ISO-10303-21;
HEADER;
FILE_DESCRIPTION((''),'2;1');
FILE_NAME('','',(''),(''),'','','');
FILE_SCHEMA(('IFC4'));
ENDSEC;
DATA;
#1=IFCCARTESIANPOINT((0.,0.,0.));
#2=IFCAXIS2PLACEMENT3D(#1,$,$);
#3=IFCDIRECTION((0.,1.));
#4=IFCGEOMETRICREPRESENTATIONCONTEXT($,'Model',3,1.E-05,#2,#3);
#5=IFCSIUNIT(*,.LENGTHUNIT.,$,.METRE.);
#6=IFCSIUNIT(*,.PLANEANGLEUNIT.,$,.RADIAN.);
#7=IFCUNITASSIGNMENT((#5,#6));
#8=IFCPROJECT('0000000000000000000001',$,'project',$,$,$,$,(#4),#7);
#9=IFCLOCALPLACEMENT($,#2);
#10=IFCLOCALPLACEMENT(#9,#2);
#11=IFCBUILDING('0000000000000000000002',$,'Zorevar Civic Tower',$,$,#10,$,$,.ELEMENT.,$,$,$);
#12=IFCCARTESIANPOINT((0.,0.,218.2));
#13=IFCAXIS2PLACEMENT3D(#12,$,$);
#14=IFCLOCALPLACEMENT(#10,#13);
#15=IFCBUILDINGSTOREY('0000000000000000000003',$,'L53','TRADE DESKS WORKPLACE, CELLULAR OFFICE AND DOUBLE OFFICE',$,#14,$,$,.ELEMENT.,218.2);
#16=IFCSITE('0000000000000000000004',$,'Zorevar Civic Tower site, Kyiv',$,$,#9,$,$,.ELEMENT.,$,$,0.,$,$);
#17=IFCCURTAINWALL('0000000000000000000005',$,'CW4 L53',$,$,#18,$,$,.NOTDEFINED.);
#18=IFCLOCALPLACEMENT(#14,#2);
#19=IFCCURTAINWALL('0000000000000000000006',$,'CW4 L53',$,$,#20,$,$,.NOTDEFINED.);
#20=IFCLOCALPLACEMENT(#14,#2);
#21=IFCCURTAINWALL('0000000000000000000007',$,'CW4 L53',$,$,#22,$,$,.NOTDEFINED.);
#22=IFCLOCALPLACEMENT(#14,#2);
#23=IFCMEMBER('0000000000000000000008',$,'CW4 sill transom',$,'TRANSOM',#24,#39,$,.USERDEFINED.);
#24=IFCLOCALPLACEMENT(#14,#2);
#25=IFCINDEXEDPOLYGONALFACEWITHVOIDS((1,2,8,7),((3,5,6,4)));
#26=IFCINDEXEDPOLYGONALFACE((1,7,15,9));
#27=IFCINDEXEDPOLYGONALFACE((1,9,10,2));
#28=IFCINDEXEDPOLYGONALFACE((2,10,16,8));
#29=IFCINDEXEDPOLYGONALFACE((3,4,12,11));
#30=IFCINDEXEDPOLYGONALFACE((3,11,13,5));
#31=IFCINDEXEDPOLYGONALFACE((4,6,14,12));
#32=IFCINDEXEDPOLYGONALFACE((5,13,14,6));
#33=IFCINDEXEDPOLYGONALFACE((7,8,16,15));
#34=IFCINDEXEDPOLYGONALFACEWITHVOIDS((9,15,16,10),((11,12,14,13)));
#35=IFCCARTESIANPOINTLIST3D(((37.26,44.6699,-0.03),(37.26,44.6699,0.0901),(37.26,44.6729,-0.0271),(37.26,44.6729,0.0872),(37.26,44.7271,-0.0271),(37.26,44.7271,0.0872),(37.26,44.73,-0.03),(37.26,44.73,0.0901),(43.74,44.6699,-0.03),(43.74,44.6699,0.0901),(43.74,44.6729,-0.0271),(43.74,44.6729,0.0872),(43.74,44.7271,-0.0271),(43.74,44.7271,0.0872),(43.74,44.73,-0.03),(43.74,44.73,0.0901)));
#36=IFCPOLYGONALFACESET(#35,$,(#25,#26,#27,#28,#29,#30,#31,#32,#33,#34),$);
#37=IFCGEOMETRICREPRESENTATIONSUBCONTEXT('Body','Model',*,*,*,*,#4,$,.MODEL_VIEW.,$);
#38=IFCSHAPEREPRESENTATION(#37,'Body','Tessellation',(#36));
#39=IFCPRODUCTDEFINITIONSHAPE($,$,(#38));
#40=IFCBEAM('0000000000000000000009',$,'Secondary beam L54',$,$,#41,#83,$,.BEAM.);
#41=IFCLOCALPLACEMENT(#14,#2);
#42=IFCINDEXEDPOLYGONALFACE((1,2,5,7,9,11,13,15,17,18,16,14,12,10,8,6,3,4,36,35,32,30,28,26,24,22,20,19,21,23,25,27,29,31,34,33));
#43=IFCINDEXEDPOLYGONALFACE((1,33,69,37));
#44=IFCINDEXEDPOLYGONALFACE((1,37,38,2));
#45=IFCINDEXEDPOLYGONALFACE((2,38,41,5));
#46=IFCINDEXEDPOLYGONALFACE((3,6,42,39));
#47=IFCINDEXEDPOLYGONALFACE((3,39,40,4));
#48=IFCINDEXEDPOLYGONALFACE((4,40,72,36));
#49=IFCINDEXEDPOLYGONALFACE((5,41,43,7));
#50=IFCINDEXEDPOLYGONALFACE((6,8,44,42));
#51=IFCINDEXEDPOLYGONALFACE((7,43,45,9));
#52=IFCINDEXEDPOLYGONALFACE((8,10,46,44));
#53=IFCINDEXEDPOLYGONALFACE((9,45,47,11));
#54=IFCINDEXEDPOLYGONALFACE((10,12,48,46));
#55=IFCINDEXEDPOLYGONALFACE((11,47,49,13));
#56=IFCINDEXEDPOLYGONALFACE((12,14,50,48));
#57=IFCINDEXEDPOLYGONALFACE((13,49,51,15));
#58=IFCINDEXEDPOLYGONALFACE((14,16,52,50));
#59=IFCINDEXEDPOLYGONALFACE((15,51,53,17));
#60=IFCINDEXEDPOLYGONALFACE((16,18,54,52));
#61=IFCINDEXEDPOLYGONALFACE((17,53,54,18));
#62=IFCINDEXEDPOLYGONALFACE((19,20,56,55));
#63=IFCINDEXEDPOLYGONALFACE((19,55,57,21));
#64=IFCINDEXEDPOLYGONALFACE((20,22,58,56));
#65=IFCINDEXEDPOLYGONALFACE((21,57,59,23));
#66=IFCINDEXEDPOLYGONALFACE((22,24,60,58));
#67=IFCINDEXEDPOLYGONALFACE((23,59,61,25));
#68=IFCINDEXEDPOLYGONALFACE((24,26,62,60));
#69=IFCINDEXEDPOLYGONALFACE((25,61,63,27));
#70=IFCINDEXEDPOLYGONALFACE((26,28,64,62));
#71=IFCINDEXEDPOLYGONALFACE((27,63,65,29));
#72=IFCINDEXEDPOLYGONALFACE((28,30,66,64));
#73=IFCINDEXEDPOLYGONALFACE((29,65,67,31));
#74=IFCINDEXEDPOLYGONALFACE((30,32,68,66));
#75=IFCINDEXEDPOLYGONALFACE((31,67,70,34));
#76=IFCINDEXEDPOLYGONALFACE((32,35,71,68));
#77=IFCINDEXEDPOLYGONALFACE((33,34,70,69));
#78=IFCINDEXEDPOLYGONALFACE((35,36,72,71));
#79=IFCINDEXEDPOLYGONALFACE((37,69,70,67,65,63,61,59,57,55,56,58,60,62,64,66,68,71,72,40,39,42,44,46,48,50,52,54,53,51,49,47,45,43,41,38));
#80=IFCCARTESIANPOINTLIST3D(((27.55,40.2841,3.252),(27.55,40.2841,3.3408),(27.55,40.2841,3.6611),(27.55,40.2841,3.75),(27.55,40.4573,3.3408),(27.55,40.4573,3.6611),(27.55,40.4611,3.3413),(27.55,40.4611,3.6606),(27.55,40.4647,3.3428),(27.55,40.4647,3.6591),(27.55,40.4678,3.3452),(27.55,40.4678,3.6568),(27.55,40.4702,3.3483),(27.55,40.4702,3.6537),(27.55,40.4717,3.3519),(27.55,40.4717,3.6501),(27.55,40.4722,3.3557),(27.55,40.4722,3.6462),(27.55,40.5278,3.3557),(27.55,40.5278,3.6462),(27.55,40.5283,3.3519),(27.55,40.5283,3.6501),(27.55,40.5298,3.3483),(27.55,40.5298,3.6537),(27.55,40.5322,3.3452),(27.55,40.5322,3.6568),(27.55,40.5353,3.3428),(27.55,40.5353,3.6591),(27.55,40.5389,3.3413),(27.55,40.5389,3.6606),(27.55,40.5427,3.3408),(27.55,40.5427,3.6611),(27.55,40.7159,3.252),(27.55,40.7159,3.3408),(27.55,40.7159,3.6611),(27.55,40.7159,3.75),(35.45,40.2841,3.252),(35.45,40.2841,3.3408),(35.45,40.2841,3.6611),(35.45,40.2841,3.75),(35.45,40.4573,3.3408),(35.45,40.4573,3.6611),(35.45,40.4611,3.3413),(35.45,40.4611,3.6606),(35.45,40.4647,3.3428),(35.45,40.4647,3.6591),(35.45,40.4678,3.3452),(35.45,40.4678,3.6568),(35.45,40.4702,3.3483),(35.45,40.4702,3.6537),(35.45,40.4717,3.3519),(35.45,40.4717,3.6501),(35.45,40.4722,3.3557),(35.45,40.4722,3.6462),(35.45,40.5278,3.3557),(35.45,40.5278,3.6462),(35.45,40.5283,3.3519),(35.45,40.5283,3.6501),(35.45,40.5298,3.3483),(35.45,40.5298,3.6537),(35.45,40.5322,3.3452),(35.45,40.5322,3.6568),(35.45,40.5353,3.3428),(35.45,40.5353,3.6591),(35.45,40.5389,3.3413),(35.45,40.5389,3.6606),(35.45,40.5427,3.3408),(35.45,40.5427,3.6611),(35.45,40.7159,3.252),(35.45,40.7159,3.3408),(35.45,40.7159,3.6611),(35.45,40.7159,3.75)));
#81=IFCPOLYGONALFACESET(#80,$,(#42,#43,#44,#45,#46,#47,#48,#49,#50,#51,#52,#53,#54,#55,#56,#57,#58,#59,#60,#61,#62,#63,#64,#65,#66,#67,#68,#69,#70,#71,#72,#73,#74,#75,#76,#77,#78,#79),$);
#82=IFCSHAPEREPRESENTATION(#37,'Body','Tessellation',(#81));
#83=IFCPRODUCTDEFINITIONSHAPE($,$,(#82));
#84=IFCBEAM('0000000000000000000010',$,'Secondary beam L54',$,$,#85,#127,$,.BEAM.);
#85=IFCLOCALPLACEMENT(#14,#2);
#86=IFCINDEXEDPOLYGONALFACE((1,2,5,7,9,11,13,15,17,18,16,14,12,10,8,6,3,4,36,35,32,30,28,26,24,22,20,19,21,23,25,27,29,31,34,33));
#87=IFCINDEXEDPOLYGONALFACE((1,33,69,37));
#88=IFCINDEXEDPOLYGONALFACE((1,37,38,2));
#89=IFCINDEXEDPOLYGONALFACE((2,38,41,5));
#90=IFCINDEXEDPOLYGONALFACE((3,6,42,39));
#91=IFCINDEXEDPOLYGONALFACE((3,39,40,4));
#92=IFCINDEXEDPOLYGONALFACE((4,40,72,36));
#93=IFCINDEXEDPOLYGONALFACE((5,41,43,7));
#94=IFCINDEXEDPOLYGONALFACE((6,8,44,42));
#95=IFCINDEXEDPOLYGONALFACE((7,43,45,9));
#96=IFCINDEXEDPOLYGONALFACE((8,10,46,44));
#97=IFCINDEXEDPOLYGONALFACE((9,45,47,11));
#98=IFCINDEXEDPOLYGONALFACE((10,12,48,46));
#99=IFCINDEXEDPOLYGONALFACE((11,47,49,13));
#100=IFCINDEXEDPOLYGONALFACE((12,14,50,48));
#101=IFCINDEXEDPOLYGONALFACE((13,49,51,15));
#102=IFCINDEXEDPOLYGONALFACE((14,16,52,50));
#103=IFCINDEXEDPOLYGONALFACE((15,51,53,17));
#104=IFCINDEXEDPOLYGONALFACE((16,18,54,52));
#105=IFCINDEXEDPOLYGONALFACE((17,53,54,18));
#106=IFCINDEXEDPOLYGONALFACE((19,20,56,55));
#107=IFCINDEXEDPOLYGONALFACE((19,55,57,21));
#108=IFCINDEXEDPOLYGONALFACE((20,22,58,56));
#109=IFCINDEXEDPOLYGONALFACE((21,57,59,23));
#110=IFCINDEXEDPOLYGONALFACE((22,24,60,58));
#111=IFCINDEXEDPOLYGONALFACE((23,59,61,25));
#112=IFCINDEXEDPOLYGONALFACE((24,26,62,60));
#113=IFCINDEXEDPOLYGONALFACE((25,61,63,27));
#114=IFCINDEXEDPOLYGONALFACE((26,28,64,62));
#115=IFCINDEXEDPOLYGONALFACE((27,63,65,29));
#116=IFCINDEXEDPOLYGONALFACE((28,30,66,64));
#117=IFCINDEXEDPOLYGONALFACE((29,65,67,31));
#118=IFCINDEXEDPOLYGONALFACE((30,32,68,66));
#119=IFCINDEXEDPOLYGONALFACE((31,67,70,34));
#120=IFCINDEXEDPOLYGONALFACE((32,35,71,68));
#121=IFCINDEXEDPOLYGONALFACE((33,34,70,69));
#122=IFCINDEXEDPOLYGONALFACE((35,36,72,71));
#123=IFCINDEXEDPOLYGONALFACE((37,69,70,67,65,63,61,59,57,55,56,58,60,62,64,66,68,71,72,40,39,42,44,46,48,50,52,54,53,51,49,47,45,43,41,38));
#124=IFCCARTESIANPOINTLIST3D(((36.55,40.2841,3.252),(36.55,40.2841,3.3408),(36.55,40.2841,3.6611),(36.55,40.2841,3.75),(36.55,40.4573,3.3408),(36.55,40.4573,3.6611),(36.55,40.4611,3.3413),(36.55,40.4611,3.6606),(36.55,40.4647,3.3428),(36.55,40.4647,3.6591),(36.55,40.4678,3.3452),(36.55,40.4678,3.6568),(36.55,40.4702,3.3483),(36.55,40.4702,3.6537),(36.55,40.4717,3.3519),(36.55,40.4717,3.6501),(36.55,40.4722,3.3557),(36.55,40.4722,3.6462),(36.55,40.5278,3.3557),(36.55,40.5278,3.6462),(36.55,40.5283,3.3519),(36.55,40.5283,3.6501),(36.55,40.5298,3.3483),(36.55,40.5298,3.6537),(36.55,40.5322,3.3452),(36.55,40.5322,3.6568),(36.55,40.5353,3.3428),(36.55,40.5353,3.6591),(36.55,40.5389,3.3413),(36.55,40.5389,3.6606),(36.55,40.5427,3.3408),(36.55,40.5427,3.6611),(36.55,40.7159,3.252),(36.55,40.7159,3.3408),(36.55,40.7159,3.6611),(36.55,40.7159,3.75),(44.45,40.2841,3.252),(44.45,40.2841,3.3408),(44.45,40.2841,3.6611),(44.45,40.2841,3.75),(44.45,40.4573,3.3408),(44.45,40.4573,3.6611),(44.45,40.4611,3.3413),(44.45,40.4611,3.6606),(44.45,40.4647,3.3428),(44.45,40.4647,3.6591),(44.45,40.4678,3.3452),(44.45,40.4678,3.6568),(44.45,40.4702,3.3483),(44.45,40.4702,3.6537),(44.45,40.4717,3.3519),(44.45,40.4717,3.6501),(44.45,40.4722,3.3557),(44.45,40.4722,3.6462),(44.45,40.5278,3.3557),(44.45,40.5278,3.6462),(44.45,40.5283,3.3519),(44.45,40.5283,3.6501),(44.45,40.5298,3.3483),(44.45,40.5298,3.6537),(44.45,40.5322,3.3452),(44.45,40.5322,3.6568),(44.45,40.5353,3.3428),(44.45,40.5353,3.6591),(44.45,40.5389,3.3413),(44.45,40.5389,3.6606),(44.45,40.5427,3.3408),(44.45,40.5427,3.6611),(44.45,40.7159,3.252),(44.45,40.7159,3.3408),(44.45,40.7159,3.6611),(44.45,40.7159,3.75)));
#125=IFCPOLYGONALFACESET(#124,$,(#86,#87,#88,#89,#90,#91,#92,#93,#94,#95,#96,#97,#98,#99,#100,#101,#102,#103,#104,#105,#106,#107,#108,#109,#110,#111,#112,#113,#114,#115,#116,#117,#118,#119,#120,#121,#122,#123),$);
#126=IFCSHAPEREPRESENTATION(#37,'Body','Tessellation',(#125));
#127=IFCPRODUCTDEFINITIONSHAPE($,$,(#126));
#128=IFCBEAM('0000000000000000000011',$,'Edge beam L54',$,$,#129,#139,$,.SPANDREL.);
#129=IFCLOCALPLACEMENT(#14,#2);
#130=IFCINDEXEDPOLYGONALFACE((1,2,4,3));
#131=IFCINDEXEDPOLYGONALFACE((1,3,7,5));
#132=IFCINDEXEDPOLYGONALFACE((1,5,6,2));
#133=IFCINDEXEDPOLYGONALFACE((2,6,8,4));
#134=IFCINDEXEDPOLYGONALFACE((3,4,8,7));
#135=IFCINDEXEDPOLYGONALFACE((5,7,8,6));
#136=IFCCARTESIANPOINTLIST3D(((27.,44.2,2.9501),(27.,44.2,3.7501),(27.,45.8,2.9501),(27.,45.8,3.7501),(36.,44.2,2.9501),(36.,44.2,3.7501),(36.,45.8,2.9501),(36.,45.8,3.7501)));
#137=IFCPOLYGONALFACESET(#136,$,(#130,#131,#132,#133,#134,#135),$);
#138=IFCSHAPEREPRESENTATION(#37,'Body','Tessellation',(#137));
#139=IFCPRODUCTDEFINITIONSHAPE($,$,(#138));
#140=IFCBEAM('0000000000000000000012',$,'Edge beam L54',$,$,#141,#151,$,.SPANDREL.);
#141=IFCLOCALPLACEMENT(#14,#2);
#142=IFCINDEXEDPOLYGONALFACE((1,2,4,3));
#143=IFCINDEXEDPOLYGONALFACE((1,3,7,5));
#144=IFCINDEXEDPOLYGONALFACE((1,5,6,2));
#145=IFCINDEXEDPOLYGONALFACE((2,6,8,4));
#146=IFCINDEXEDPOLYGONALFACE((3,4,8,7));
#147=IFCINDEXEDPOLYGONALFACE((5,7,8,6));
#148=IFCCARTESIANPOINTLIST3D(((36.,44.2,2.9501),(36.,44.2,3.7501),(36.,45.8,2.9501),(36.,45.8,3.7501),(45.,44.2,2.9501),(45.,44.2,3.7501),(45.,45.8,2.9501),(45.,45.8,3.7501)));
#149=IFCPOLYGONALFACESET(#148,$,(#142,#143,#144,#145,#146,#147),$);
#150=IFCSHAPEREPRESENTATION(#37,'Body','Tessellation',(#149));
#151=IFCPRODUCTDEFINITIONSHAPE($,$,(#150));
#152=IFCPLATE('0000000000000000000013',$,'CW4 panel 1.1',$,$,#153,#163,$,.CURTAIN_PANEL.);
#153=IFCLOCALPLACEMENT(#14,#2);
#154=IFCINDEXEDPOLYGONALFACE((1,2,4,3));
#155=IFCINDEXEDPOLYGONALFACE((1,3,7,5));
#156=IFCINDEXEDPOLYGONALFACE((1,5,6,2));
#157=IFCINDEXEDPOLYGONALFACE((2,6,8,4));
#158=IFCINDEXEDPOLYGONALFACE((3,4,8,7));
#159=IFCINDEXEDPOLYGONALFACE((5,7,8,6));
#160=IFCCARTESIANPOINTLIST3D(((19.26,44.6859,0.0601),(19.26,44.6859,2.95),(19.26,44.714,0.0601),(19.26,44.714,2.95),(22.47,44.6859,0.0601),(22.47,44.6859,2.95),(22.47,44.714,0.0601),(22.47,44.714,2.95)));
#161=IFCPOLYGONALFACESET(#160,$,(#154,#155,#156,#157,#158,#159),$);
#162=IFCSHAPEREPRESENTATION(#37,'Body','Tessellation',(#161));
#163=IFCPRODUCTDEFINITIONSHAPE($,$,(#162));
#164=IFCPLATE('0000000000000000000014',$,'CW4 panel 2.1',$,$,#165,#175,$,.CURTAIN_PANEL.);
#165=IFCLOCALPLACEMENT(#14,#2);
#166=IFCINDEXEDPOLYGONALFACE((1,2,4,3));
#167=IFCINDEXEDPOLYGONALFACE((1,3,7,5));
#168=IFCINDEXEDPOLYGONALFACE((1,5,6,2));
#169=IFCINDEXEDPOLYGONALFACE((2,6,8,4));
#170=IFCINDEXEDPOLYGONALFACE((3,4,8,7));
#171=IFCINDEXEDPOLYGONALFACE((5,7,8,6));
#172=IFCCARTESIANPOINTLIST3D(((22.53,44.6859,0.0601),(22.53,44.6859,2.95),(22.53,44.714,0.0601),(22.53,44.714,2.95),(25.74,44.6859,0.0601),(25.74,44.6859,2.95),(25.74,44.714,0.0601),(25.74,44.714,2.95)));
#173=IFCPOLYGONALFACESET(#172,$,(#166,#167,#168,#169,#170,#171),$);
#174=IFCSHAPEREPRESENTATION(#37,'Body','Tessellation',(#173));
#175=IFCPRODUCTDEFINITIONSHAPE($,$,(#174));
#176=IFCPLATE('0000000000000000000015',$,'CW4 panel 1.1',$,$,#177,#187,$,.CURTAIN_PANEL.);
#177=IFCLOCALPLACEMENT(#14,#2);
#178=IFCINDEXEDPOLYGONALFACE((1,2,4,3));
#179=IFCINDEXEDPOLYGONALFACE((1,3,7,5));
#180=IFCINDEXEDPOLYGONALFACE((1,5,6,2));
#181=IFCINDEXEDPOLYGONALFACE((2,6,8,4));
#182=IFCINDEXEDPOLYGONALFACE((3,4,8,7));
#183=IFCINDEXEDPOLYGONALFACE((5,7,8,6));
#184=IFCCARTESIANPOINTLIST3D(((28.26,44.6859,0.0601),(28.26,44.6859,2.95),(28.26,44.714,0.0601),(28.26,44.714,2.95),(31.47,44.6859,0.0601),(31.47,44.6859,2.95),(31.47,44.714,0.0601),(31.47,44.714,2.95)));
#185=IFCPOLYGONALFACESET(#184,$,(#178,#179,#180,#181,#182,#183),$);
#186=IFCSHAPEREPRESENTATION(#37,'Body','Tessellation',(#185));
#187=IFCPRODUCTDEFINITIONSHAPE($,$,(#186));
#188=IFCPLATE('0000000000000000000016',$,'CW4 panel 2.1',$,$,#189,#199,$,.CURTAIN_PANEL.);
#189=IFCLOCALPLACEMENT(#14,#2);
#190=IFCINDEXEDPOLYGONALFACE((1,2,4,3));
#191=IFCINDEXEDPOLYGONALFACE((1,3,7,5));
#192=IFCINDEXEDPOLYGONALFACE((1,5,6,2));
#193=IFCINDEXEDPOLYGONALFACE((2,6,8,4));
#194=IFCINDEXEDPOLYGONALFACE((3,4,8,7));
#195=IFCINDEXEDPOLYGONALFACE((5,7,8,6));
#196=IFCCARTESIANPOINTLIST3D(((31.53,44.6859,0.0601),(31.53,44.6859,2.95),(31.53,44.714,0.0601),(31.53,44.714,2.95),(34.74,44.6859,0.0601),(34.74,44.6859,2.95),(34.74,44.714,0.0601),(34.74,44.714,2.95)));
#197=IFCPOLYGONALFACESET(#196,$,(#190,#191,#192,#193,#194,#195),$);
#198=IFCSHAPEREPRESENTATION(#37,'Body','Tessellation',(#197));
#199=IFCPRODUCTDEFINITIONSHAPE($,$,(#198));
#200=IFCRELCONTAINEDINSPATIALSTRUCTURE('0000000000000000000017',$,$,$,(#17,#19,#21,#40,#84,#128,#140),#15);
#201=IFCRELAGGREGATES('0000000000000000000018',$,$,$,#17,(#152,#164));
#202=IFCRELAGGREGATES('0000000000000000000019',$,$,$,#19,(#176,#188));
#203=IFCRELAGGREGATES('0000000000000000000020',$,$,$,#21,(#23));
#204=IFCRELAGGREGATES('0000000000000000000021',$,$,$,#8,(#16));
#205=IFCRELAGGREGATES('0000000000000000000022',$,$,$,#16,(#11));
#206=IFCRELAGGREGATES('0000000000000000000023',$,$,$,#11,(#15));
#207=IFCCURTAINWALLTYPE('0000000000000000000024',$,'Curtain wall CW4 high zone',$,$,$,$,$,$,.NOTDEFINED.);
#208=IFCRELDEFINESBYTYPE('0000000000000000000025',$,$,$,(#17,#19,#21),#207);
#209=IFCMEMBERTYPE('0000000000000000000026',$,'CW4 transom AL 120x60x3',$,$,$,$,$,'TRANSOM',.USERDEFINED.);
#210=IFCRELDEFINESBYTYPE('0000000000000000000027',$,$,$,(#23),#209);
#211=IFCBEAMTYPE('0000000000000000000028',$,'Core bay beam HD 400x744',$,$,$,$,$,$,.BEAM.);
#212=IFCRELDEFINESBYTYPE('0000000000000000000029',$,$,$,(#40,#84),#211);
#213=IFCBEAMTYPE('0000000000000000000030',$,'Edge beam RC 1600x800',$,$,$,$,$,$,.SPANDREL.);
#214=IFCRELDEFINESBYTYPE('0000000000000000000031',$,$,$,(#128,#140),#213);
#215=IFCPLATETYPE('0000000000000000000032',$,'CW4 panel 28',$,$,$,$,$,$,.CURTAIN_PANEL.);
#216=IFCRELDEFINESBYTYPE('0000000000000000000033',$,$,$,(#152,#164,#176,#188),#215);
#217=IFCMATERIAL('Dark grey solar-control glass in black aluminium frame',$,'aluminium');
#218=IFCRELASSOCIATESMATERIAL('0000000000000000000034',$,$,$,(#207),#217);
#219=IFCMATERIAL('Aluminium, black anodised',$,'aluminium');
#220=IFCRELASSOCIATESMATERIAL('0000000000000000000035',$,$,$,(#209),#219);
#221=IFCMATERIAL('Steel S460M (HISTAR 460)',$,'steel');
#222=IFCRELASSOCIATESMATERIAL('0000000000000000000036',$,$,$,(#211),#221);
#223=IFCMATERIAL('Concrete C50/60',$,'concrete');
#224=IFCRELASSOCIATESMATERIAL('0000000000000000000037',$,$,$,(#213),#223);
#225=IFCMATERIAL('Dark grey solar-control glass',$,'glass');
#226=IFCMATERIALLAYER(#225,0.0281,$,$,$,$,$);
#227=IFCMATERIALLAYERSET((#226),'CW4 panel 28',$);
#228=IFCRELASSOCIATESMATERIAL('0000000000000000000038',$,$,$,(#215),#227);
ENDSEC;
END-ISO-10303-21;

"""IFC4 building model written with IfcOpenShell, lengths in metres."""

from ifc_helpers import new_model, si_unit, direction, frame, origin, origin_2d, place, context, subcontext, project, spatial, rectangle, hollow_rectangle, i_section, extrude, material, layer, layer_set, material_profile, profile_set, type_object, element, aggregate, save


model = new_model("IFC4")

# Units and contexts
model_context = context("Model", 3, precision=1e-05, world=origin(), true_north=direction((0.0, 1.0)))
body_context = subcontext(model_context, "Body", "Model", "MODEL_VIEW")
ifc_project = project(units=[si_unit("LENGTHUNIT", "METRE"), si_unit("PLANEANGLEUNIT", "RADIAN")], contexts=[model_context])

# Site, building, storey
site_placement = place(None, origin())
site = spatial("IfcSite", under=ifc_project, at=site_placement, Name="Zorevar Civic Tower site, Kyiv", CompositionType="ELEMENT", RefElevation=0.0)
building_placement = place(site_placement, origin())
building = spatial("IfcBuilding", under=site, at=building_placement, Name="Zorevar Civic Tower", CompositionType="ELEMENT")
storey_placement = place(building_placement, frame((0.0, 0.0, 218.2)))
storey = spatial("IfcBuildingStorey", under=building, at=storey_placement, Name="L53", Description="TRADE DESKS WORKPLACE, CELLULAR OFFICE AND DOUBLE OFFICE", CompositionType="ELEMENT", Elevation=218.2)

# Curtain walls
ifc_material_1 = material(Name="Dark grey solar-control glass in black aluminium frame", Category="aluminium")
curtain_wall_type = type_object("IfcCurtainWallType", Name="Curtain wall CW4 high zone", PredefinedType="NOTDEFINED", material=ifc_material_1)
curtain_wall_1_placement = place(storey_placement, origin())
curtain_wall_1 = element("IfcCurtainWall", 1, at=curtain_wall_1_placement, inside=storey, type_object=curtain_wall_type, Name="CW4 L53", PredefinedType="NOTDEFINED")
curtain_wall_2_placement = place(storey_placement, origin())
curtain_wall_2 = element("IfcCurtainWall", 2, at=curtain_wall_2_placement, inside=storey, type_object=curtain_wall_type, Name="CW4 L53", PredefinedType="NOTDEFINED")

# Curtain wall
curtain_wall_3_placement = place(storey_placement, origin())
curtain_wall_3 = element("IfcCurtainWall", 3, at=curtain_wall_3_placement, inside=storey, type_object=curtain_wall_type, Name="CW4 L53", PredefinedType="NOTDEFINED")

# Member
ifc_material_2 = material(Name="Aluminium, black anodised", Category="aluminium")
ifc_material_profile_1 = material_profile(ifc_material_2, hollow_rectangle(XDim=0.0601, YDim=0.1201, WallThickness=0.0029, at=origin_2d()), Name="AL 120x60x3")
ifc_profile_set_1 = profile_set([ifc_material_profile_1], Name="Aluminium, black anodised")
member_type_1 = type_object("IfcMemberType", Name="CW4 transom AL 120x60x3", ElementType="TRANSOM", PredefinedType="USERDEFINED", material=ifc_profile_set_1)
member_1_placement = place(storey_placement, frame((37.26, 44.7, 0.03), z_axis=(1.0, 0.0, 0.0), x_axis=(0.0, 1.0, 0.0)))
member_1 = element("IfcMember", 4, at=member_1_placement, type_object=member_type_1, Name="CW4 sill transom", ObjectType="TRANSOM", PredefinedType="USERDEFINED", context=body_context, shape_type="SweptSolid", body=[
    extrude(hollow_rectangle(XDim=0.0601, YDim=0.1201, WallThickness=0.0029, at=origin_2d()), origin(), (0.0, 0.0, 1.0), 6.48),
])

# Beams
ifc_material_3 = material(Name="Steel S460M (HISTAR 460)", Category="steel")
ifc_material_profile_2 = material_profile(ifc_material_3, i_section(OverallWidth=0.4319, OverallDepth=0.498, WebThickness=0.0557, FlangeThickness=0.0889, FilletRadius=0.0149, at=origin_2d()), Name="HD 400x744")
ifc_profile_set_2 = profile_set([ifc_material_profile_2], Name="Steel S460M (HISTAR 460)")
beam_type_1 = type_object("IfcBeamType", Name="Core bay beam HD 400x744", PredefinedType="BEAM", material=ifc_profile_set_2)
for number, where, z_axis, x_axis, name in (
    (5, (27.55, 40.5, 3.501), (1.0, 0.0, 0.0), (0.0, 1.0, 0.0), "Secondary beam L54"),
    (6, (36.55, 40.5, 3.501), (1.0, 0.0, 0.0), (0.0, 1.0, 0.0), "Secondary beam L54"),
):
    element("IfcBeam", number, at=place(storey_placement, frame(where, z_axis=z_axis, x_axis=x_axis)), inside=storey, type_object=beam_type_1, Name=name, PredefinedType="BEAM", context=body_context, shape_type="SweptSolid", body=[
        extrude(i_section(OverallWidth=0.4319, OverallDepth=0.498, WebThickness=0.0557, FlangeThickness=0.0889, FilletRadius=0.0149, at=origin_2d()), origin(), (0.0, 0.0, 1.0), 7.8999),
    ])
ifc_material_4 = material(Name="Concrete C50/60", Category="concrete")
ifc_material_profile_3 = material_profile(ifc_material_4, rectangle(XDim=1.6001, YDim=0.8, at=origin_2d()), Name="RC 1600x800")
ifc_profile_set_3 = profile_set([ifc_material_profile_3], Name="Concrete C50/60")
beam_type_2 = type_object("IfcBeamType", Name="Edge beam RC 1600x800", PredefinedType="SPANDREL", material=ifc_profile_set_3)
for number, where, z_axis, x_axis, name in (
    (7, (27.0, 45.0, 3.3501), (1.0, 0.0, 0.0), (0.0, 1.0, 0.0), "Edge beam L54"),
    (8, (36.0, 45.0, 3.3501), (1.0, 0.0, 0.0), (0.0, 1.0, 0.0), "Edge beam L54"),
):
    element("IfcBeam", number, at=place(storey_placement, frame(where, z_axis=z_axis, x_axis=x_axis)), inside=storey, type_object=beam_type_2, Name=name, PredefinedType="SPANDREL", context=body_context, shape_type="SweptSolid", body=[
        extrude(rectangle(XDim=1.6001, YDim=0.8, at=origin_2d()), origin(), (0.0, 0.0, 1.0), 9.0),
    ])

# Plates
ifc_material_5 = material(Name="Dark grey solar-control glass", Category="glass")
ifc_layer_1 = layer(ifc_material_5, 0.0281)
ifc_layer_set_1 = layer_set([ifc_layer_1], Name="CW4 panel 28")
plate_type = type_object("IfcPlateType", Name="CW4 panel 28", PredefinedType="CURTAIN_PANEL", material=ifc_layer_set_1)
plate_1_placement = place(storey_placement, frame((20.865, 44.7, 0.0601), z_axis=(0.0, 0.0, 1.0), x_axis=(1.0, 0.0, 0.0)))
plate_1 = element("IfcPlate", 9, at=plate_1_placement, type_object=plate_type, Name="CW4 panel 1.1", PredefinedType="CURTAIN_PANEL", context=body_context, shape_type="SweptSolid", body=[
    extrude(rectangle(XDim=3.21, YDim=0.0281, at=origin_2d()), origin(), (0.0, 0.0, 1.0), 2.8899),
])
plate_2_placement = place(storey_placement, frame((24.135, 44.7, 0.0601), z_axis=(0.0, 0.0, 1.0), x_axis=(1.0, 0.0, 0.0)))
plate_2 = element("IfcPlate", 10, at=plate_2_placement, type_object=plate_type, Name="CW4 panel 2.1", PredefinedType="CURTAIN_PANEL", context=body_context, shape_type="SweptSolid", body=[
    extrude(rectangle(XDim=3.21, YDim=0.0281, at=origin_2d()), origin(), (0.0, 0.0, 1.0), 2.8899),
])
aggregate(curtain_wall_1, [plate_1, plate_2])
plate_3_placement = place(storey_placement, frame((29.865, 44.7, 0.0601), z_axis=(0.0, 0.0, 1.0), x_axis=(1.0, 0.0, 0.0)))
plate_3 = element("IfcPlate", 11, at=plate_3_placement, type_object=plate_type, Name="CW4 panel 1.1", PredefinedType="CURTAIN_PANEL", context=body_context, shape_type="SweptSolid", body=[
    extrude(rectangle(XDim=3.21, YDim=0.0281, at=origin_2d()), origin(), (0.0, 0.0, 1.0), 2.8899),
])
plate_4_placement = place(storey_placement, frame((33.135, 44.7, 0.0601), z_axis=(0.0, 0.0, 1.0), x_axis=(1.0, 0.0, 0.0)))
plate_4 = element("IfcPlate", 12, at=plate_4_placement, type_object=plate_type, Name="CW4 panel 2.1", PredefinedType="CURTAIN_PANEL", context=body_context, shape_type="SweptSolid", body=[
    extrude(rectangle(XDim=3.21, YDim=0.0281, at=origin_2d()), origin(), (0.0, 0.0, 1.0), 2.8899),
])
aggregate(curtain_wall_2, [plate_3, plate_4])
aggregate(curtain_wall_3, [member_1])

save(model, "model.ifc")
